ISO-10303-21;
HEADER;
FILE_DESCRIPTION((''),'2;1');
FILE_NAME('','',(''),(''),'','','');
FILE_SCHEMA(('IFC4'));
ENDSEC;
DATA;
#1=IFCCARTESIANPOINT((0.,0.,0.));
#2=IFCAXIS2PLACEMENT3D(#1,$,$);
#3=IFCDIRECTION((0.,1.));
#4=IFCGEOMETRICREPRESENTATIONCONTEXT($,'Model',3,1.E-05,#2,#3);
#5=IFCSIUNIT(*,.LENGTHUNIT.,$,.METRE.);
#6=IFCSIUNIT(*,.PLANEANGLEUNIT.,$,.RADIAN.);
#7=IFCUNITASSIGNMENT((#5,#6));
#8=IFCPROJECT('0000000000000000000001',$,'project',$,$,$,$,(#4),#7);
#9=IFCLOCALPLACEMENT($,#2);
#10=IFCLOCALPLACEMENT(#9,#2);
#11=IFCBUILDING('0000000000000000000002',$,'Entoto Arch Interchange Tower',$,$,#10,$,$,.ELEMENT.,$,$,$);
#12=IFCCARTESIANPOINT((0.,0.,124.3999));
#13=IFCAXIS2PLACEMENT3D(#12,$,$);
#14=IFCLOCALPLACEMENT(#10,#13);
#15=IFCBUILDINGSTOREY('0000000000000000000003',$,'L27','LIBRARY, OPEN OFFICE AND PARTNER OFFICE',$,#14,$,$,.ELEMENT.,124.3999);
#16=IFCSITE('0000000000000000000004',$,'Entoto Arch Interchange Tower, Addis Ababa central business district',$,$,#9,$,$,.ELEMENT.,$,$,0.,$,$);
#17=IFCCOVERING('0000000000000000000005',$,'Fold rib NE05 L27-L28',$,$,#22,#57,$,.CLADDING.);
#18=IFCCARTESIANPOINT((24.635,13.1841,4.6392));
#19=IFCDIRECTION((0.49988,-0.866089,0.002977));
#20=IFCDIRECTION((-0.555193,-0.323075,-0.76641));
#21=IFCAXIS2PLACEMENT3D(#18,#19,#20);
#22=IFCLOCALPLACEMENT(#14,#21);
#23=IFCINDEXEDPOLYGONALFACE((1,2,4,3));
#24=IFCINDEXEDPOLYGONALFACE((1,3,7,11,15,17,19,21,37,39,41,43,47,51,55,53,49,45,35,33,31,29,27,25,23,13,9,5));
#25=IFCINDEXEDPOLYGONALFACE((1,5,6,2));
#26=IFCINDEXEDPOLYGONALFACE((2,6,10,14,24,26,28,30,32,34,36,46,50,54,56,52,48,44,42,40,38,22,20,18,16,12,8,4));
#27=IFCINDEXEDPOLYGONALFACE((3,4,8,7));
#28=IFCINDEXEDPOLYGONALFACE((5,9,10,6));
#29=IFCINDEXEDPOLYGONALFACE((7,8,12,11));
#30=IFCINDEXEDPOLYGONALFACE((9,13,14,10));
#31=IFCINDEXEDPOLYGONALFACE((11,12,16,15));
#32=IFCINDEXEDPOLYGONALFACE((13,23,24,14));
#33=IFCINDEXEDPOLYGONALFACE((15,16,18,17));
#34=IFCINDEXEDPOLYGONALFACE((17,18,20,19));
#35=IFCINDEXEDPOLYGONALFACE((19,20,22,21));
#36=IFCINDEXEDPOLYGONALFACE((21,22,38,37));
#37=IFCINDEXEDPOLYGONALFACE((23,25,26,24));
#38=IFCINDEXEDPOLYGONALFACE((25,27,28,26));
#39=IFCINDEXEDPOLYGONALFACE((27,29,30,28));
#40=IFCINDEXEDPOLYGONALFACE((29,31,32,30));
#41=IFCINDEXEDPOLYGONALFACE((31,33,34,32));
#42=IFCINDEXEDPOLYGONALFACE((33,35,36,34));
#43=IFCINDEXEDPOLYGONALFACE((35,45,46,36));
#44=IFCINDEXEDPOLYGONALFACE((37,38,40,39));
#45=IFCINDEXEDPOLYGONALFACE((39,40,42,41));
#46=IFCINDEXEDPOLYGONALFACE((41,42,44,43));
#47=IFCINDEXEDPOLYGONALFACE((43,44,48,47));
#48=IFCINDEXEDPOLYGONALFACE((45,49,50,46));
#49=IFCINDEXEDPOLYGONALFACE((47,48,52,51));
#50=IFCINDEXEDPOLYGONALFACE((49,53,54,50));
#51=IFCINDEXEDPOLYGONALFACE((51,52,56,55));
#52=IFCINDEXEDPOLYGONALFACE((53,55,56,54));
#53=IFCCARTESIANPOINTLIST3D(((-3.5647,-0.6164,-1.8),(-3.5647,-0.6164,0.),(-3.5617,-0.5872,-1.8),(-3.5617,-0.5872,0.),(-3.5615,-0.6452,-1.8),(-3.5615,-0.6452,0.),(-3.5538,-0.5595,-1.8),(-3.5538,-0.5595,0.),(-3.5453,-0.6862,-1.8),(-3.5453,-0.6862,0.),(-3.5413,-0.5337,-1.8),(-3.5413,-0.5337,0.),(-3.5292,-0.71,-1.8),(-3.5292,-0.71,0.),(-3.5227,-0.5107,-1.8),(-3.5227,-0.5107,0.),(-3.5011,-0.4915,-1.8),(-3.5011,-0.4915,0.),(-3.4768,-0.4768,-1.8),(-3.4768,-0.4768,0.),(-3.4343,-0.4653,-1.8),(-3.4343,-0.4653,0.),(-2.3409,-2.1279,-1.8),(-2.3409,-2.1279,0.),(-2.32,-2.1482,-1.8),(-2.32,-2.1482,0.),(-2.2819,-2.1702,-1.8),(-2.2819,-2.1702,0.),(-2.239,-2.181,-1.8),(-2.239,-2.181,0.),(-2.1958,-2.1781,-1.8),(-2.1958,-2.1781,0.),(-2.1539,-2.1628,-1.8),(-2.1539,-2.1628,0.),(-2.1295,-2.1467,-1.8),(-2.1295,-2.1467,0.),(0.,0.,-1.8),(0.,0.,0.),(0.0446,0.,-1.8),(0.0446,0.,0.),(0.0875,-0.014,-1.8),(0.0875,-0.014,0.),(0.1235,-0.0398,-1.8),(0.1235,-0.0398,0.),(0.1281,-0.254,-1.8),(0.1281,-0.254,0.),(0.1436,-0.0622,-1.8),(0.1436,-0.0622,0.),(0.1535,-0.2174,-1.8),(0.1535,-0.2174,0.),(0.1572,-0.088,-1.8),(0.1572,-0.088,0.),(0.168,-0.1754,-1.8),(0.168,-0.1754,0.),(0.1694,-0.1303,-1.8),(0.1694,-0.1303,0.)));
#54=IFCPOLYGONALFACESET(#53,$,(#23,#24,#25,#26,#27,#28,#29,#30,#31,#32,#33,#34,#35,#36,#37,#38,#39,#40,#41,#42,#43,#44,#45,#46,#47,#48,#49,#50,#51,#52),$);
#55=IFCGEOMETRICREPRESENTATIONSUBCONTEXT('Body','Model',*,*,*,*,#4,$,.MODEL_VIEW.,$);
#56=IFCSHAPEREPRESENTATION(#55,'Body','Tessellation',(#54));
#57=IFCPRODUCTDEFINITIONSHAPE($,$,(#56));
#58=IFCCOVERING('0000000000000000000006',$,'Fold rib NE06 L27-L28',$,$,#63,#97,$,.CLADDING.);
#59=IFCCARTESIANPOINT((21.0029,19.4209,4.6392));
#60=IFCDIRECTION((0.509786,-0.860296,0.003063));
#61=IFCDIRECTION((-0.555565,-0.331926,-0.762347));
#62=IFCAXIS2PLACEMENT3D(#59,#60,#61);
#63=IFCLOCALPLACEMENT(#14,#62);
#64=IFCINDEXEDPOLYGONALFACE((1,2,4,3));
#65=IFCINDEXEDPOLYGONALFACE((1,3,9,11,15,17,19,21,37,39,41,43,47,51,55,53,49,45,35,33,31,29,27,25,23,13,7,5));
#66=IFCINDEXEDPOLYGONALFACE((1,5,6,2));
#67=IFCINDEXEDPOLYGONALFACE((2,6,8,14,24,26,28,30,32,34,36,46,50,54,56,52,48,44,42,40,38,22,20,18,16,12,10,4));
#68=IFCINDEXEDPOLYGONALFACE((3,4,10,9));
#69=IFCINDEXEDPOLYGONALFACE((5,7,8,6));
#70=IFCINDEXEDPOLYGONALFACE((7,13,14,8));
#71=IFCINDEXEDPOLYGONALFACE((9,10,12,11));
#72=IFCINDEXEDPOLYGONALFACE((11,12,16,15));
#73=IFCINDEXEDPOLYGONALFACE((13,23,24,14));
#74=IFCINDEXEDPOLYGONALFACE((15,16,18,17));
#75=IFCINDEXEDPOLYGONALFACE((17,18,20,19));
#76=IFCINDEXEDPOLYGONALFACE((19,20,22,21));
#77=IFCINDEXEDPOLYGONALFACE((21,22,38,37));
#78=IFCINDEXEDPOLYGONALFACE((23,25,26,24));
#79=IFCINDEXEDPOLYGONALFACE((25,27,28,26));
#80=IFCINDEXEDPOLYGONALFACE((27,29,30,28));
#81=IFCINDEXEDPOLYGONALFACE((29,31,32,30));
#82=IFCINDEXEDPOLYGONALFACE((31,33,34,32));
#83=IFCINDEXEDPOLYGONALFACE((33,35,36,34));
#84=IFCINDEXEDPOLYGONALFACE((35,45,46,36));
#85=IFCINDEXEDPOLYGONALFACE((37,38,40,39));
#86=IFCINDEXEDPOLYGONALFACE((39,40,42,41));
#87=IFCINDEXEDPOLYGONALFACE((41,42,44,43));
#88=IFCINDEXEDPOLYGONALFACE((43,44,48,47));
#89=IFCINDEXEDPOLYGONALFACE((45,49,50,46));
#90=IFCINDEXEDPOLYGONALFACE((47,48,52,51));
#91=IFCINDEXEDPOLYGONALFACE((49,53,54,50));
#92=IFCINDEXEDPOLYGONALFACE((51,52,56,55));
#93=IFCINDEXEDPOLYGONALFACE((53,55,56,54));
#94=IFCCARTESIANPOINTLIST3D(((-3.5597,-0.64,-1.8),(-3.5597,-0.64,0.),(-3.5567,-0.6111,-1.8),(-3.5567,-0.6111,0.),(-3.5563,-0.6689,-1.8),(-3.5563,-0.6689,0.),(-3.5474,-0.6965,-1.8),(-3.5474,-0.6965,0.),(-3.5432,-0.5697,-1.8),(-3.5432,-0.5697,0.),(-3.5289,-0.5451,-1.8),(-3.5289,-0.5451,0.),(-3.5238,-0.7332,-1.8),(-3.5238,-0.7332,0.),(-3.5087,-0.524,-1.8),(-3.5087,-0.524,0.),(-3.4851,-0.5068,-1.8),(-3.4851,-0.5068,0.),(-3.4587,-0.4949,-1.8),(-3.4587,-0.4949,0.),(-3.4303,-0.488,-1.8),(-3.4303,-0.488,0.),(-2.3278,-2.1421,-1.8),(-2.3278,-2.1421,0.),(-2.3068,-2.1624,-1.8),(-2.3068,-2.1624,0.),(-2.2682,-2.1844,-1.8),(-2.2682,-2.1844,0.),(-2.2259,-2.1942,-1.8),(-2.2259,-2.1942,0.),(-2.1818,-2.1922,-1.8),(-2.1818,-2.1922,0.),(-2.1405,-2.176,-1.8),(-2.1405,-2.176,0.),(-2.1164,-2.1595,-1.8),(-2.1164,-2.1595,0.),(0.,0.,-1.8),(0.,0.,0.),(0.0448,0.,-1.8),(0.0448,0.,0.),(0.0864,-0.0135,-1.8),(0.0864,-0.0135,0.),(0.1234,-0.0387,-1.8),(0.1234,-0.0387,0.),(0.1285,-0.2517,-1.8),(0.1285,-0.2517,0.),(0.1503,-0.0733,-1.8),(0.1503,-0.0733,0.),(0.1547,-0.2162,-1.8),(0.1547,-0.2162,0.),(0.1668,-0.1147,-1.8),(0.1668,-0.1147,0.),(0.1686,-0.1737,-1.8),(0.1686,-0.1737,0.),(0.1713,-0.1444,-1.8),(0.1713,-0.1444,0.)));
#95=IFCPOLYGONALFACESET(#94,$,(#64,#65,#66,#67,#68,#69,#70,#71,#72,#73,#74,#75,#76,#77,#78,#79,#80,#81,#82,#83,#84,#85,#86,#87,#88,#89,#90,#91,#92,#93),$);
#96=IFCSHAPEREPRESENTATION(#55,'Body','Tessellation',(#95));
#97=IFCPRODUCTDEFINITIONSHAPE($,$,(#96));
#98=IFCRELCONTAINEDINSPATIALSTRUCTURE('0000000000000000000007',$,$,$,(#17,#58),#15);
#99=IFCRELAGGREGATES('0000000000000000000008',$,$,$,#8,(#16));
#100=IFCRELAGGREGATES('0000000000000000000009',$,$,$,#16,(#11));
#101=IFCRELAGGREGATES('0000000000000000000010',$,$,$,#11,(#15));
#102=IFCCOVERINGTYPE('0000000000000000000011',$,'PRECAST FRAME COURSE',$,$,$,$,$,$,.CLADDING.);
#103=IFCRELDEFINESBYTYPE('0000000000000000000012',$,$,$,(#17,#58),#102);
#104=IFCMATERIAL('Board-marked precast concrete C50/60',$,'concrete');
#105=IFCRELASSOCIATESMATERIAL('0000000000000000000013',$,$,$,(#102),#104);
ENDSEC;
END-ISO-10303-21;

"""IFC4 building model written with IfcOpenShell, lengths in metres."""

from ifc_helpers import new_model, si_unit, direction, frame, origin, place, context, subcontext, project, spatial, polyline, outline, extrude, material, type_object, element, save


model = new_model("IFC4")

# Units and contexts
model_context = context("Model", 3, precision=1e-05, world=origin(), true_north=direction((0.0, 1.0)))
body_context = subcontext(model_context, "Body", "Model", "MODEL_VIEW")
ifc_project = project(units=[si_unit("LENGTHUNIT", "METRE"), si_unit("PLANEANGLEUNIT", "RADIAN")], contexts=[model_context])

# Site, building, storey
site_placement = place(None, origin())
site = spatial("IfcSite", under=ifc_project, at=site_placement, Name="Entoto Arch Interchange Tower, Addis Ababa central business district", CompositionType="ELEMENT", RefElevation=0.0)
building_placement = place(site_placement, origin())
building = spatial("IfcBuilding", under=site, at=building_placement, Name="Entoto Arch Interchange Tower", CompositionType="ELEMENT")
storey_placement = place(building_placement, frame((0.0, 0.0, 124.3999)))
storey = spatial("IfcBuildingStorey", under=building, at=storey_placement, Name="L27", Description="LIBRARY, OPEN OFFICE AND PARTNER OFFICE", CompositionType="ELEMENT", Elevation=124.3999)

# Shared definitions
ifc_material_1 = material(Name="Board-marked precast concrete C50/60", Category="concrete")

# Coverings
covering_type = type_object("IfcCoveringType", Name="PRECAST FRAME COURSE", PredefinedType="CLADDING", material=ifc_material_1)
covering_1_placement = place(storey_placement, frame((24.635, 13.1841, 4.6392), z_axis=(0.49988, -0.866089, 0.002977), x_axis=(-0.555193, -0.323075, -0.76641)))
element("IfcCovering", 1, at=covering_1_placement, inside=storey, type_object=covering_type, Name="Fold rib NE05 L27-L28", PredefinedType="CLADDING", context=body_context, shape_type="SweptSolid", body=[
    extrude(outline(polyline([(0.0, 0.0), (0.0446, 0.0), (0.0875, -0.014), (0.1235, -0.0398), (0.1436, -0.0622), (0.1572, -0.088), (0.1694, -0.1303), (0.168, -0.1754), (0.1535, -0.2174), (0.1281, -0.254), (-2.1295, -2.1467), (-2.1539, -2.1628), (-2.1958, -2.1781), (-2.239, -2.181), (-2.2819, -2.1702), (-2.32, -2.1482), (-2.3409, -2.1279), (-3.5292, -0.71), (-3.5453, -0.6862), (-3.5615, -0.6452), (-3.5647, -0.6164), (-3.5617, -0.5872), (-3.5538, -0.5595), (-3.5413, -0.5337), (-3.5227, -0.5107), (-3.5011, -0.4915), (-3.4768, -0.4768), (-3.4343, -0.4653), (0.0, 0.0)])), origin(), (0.0, 0.0, -1.0), 1.8),
])
covering_2_placement = place(storey_placement, frame((21.0029, 19.4209, 4.6392), z_axis=(0.509786, -0.860296, 0.003063), x_axis=(-0.555565, -0.331926, -0.762347)))
element("IfcCovering", 2, at=covering_2_placement, inside=storey, type_object=covering_type, Name="Fold rib NE06 L27-L28", PredefinedType="CLADDING", context=body_context, shape_type="SweptSolid", body=[
    extrude(outline(polyline([(0.0, 0.0), (0.0448, 0.0), (0.0864, -0.0135), (0.1234, -0.0387), (0.1503, -0.0733), (0.1668, -0.1147), (0.1713, -0.1444), (0.1686, -0.1737), (0.1547, -0.2162), (0.1285, -0.2517), (-2.1164, -2.1595), (-2.1405, -2.176), (-2.1818, -2.1922), (-2.2259, -2.1942), (-2.2682, -2.1844), (-2.3068, -2.1624), (-2.3278, -2.1421), (-3.5238, -0.7332), (-3.5474, -0.6965), (-3.5563, -0.6689), (-3.5597, -0.64), (-3.5567, -0.6111), (-3.5432, -0.5697), (-3.5289, -0.5451), (-3.5087, -0.524), (-3.4851, -0.5068), (-3.4587, -0.4949), (-3.4303, -0.488), (0.0, 0.0)])), origin(), (0.0, 0.0, -1.0), 1.8),
])

save(model, "model.ifc")
